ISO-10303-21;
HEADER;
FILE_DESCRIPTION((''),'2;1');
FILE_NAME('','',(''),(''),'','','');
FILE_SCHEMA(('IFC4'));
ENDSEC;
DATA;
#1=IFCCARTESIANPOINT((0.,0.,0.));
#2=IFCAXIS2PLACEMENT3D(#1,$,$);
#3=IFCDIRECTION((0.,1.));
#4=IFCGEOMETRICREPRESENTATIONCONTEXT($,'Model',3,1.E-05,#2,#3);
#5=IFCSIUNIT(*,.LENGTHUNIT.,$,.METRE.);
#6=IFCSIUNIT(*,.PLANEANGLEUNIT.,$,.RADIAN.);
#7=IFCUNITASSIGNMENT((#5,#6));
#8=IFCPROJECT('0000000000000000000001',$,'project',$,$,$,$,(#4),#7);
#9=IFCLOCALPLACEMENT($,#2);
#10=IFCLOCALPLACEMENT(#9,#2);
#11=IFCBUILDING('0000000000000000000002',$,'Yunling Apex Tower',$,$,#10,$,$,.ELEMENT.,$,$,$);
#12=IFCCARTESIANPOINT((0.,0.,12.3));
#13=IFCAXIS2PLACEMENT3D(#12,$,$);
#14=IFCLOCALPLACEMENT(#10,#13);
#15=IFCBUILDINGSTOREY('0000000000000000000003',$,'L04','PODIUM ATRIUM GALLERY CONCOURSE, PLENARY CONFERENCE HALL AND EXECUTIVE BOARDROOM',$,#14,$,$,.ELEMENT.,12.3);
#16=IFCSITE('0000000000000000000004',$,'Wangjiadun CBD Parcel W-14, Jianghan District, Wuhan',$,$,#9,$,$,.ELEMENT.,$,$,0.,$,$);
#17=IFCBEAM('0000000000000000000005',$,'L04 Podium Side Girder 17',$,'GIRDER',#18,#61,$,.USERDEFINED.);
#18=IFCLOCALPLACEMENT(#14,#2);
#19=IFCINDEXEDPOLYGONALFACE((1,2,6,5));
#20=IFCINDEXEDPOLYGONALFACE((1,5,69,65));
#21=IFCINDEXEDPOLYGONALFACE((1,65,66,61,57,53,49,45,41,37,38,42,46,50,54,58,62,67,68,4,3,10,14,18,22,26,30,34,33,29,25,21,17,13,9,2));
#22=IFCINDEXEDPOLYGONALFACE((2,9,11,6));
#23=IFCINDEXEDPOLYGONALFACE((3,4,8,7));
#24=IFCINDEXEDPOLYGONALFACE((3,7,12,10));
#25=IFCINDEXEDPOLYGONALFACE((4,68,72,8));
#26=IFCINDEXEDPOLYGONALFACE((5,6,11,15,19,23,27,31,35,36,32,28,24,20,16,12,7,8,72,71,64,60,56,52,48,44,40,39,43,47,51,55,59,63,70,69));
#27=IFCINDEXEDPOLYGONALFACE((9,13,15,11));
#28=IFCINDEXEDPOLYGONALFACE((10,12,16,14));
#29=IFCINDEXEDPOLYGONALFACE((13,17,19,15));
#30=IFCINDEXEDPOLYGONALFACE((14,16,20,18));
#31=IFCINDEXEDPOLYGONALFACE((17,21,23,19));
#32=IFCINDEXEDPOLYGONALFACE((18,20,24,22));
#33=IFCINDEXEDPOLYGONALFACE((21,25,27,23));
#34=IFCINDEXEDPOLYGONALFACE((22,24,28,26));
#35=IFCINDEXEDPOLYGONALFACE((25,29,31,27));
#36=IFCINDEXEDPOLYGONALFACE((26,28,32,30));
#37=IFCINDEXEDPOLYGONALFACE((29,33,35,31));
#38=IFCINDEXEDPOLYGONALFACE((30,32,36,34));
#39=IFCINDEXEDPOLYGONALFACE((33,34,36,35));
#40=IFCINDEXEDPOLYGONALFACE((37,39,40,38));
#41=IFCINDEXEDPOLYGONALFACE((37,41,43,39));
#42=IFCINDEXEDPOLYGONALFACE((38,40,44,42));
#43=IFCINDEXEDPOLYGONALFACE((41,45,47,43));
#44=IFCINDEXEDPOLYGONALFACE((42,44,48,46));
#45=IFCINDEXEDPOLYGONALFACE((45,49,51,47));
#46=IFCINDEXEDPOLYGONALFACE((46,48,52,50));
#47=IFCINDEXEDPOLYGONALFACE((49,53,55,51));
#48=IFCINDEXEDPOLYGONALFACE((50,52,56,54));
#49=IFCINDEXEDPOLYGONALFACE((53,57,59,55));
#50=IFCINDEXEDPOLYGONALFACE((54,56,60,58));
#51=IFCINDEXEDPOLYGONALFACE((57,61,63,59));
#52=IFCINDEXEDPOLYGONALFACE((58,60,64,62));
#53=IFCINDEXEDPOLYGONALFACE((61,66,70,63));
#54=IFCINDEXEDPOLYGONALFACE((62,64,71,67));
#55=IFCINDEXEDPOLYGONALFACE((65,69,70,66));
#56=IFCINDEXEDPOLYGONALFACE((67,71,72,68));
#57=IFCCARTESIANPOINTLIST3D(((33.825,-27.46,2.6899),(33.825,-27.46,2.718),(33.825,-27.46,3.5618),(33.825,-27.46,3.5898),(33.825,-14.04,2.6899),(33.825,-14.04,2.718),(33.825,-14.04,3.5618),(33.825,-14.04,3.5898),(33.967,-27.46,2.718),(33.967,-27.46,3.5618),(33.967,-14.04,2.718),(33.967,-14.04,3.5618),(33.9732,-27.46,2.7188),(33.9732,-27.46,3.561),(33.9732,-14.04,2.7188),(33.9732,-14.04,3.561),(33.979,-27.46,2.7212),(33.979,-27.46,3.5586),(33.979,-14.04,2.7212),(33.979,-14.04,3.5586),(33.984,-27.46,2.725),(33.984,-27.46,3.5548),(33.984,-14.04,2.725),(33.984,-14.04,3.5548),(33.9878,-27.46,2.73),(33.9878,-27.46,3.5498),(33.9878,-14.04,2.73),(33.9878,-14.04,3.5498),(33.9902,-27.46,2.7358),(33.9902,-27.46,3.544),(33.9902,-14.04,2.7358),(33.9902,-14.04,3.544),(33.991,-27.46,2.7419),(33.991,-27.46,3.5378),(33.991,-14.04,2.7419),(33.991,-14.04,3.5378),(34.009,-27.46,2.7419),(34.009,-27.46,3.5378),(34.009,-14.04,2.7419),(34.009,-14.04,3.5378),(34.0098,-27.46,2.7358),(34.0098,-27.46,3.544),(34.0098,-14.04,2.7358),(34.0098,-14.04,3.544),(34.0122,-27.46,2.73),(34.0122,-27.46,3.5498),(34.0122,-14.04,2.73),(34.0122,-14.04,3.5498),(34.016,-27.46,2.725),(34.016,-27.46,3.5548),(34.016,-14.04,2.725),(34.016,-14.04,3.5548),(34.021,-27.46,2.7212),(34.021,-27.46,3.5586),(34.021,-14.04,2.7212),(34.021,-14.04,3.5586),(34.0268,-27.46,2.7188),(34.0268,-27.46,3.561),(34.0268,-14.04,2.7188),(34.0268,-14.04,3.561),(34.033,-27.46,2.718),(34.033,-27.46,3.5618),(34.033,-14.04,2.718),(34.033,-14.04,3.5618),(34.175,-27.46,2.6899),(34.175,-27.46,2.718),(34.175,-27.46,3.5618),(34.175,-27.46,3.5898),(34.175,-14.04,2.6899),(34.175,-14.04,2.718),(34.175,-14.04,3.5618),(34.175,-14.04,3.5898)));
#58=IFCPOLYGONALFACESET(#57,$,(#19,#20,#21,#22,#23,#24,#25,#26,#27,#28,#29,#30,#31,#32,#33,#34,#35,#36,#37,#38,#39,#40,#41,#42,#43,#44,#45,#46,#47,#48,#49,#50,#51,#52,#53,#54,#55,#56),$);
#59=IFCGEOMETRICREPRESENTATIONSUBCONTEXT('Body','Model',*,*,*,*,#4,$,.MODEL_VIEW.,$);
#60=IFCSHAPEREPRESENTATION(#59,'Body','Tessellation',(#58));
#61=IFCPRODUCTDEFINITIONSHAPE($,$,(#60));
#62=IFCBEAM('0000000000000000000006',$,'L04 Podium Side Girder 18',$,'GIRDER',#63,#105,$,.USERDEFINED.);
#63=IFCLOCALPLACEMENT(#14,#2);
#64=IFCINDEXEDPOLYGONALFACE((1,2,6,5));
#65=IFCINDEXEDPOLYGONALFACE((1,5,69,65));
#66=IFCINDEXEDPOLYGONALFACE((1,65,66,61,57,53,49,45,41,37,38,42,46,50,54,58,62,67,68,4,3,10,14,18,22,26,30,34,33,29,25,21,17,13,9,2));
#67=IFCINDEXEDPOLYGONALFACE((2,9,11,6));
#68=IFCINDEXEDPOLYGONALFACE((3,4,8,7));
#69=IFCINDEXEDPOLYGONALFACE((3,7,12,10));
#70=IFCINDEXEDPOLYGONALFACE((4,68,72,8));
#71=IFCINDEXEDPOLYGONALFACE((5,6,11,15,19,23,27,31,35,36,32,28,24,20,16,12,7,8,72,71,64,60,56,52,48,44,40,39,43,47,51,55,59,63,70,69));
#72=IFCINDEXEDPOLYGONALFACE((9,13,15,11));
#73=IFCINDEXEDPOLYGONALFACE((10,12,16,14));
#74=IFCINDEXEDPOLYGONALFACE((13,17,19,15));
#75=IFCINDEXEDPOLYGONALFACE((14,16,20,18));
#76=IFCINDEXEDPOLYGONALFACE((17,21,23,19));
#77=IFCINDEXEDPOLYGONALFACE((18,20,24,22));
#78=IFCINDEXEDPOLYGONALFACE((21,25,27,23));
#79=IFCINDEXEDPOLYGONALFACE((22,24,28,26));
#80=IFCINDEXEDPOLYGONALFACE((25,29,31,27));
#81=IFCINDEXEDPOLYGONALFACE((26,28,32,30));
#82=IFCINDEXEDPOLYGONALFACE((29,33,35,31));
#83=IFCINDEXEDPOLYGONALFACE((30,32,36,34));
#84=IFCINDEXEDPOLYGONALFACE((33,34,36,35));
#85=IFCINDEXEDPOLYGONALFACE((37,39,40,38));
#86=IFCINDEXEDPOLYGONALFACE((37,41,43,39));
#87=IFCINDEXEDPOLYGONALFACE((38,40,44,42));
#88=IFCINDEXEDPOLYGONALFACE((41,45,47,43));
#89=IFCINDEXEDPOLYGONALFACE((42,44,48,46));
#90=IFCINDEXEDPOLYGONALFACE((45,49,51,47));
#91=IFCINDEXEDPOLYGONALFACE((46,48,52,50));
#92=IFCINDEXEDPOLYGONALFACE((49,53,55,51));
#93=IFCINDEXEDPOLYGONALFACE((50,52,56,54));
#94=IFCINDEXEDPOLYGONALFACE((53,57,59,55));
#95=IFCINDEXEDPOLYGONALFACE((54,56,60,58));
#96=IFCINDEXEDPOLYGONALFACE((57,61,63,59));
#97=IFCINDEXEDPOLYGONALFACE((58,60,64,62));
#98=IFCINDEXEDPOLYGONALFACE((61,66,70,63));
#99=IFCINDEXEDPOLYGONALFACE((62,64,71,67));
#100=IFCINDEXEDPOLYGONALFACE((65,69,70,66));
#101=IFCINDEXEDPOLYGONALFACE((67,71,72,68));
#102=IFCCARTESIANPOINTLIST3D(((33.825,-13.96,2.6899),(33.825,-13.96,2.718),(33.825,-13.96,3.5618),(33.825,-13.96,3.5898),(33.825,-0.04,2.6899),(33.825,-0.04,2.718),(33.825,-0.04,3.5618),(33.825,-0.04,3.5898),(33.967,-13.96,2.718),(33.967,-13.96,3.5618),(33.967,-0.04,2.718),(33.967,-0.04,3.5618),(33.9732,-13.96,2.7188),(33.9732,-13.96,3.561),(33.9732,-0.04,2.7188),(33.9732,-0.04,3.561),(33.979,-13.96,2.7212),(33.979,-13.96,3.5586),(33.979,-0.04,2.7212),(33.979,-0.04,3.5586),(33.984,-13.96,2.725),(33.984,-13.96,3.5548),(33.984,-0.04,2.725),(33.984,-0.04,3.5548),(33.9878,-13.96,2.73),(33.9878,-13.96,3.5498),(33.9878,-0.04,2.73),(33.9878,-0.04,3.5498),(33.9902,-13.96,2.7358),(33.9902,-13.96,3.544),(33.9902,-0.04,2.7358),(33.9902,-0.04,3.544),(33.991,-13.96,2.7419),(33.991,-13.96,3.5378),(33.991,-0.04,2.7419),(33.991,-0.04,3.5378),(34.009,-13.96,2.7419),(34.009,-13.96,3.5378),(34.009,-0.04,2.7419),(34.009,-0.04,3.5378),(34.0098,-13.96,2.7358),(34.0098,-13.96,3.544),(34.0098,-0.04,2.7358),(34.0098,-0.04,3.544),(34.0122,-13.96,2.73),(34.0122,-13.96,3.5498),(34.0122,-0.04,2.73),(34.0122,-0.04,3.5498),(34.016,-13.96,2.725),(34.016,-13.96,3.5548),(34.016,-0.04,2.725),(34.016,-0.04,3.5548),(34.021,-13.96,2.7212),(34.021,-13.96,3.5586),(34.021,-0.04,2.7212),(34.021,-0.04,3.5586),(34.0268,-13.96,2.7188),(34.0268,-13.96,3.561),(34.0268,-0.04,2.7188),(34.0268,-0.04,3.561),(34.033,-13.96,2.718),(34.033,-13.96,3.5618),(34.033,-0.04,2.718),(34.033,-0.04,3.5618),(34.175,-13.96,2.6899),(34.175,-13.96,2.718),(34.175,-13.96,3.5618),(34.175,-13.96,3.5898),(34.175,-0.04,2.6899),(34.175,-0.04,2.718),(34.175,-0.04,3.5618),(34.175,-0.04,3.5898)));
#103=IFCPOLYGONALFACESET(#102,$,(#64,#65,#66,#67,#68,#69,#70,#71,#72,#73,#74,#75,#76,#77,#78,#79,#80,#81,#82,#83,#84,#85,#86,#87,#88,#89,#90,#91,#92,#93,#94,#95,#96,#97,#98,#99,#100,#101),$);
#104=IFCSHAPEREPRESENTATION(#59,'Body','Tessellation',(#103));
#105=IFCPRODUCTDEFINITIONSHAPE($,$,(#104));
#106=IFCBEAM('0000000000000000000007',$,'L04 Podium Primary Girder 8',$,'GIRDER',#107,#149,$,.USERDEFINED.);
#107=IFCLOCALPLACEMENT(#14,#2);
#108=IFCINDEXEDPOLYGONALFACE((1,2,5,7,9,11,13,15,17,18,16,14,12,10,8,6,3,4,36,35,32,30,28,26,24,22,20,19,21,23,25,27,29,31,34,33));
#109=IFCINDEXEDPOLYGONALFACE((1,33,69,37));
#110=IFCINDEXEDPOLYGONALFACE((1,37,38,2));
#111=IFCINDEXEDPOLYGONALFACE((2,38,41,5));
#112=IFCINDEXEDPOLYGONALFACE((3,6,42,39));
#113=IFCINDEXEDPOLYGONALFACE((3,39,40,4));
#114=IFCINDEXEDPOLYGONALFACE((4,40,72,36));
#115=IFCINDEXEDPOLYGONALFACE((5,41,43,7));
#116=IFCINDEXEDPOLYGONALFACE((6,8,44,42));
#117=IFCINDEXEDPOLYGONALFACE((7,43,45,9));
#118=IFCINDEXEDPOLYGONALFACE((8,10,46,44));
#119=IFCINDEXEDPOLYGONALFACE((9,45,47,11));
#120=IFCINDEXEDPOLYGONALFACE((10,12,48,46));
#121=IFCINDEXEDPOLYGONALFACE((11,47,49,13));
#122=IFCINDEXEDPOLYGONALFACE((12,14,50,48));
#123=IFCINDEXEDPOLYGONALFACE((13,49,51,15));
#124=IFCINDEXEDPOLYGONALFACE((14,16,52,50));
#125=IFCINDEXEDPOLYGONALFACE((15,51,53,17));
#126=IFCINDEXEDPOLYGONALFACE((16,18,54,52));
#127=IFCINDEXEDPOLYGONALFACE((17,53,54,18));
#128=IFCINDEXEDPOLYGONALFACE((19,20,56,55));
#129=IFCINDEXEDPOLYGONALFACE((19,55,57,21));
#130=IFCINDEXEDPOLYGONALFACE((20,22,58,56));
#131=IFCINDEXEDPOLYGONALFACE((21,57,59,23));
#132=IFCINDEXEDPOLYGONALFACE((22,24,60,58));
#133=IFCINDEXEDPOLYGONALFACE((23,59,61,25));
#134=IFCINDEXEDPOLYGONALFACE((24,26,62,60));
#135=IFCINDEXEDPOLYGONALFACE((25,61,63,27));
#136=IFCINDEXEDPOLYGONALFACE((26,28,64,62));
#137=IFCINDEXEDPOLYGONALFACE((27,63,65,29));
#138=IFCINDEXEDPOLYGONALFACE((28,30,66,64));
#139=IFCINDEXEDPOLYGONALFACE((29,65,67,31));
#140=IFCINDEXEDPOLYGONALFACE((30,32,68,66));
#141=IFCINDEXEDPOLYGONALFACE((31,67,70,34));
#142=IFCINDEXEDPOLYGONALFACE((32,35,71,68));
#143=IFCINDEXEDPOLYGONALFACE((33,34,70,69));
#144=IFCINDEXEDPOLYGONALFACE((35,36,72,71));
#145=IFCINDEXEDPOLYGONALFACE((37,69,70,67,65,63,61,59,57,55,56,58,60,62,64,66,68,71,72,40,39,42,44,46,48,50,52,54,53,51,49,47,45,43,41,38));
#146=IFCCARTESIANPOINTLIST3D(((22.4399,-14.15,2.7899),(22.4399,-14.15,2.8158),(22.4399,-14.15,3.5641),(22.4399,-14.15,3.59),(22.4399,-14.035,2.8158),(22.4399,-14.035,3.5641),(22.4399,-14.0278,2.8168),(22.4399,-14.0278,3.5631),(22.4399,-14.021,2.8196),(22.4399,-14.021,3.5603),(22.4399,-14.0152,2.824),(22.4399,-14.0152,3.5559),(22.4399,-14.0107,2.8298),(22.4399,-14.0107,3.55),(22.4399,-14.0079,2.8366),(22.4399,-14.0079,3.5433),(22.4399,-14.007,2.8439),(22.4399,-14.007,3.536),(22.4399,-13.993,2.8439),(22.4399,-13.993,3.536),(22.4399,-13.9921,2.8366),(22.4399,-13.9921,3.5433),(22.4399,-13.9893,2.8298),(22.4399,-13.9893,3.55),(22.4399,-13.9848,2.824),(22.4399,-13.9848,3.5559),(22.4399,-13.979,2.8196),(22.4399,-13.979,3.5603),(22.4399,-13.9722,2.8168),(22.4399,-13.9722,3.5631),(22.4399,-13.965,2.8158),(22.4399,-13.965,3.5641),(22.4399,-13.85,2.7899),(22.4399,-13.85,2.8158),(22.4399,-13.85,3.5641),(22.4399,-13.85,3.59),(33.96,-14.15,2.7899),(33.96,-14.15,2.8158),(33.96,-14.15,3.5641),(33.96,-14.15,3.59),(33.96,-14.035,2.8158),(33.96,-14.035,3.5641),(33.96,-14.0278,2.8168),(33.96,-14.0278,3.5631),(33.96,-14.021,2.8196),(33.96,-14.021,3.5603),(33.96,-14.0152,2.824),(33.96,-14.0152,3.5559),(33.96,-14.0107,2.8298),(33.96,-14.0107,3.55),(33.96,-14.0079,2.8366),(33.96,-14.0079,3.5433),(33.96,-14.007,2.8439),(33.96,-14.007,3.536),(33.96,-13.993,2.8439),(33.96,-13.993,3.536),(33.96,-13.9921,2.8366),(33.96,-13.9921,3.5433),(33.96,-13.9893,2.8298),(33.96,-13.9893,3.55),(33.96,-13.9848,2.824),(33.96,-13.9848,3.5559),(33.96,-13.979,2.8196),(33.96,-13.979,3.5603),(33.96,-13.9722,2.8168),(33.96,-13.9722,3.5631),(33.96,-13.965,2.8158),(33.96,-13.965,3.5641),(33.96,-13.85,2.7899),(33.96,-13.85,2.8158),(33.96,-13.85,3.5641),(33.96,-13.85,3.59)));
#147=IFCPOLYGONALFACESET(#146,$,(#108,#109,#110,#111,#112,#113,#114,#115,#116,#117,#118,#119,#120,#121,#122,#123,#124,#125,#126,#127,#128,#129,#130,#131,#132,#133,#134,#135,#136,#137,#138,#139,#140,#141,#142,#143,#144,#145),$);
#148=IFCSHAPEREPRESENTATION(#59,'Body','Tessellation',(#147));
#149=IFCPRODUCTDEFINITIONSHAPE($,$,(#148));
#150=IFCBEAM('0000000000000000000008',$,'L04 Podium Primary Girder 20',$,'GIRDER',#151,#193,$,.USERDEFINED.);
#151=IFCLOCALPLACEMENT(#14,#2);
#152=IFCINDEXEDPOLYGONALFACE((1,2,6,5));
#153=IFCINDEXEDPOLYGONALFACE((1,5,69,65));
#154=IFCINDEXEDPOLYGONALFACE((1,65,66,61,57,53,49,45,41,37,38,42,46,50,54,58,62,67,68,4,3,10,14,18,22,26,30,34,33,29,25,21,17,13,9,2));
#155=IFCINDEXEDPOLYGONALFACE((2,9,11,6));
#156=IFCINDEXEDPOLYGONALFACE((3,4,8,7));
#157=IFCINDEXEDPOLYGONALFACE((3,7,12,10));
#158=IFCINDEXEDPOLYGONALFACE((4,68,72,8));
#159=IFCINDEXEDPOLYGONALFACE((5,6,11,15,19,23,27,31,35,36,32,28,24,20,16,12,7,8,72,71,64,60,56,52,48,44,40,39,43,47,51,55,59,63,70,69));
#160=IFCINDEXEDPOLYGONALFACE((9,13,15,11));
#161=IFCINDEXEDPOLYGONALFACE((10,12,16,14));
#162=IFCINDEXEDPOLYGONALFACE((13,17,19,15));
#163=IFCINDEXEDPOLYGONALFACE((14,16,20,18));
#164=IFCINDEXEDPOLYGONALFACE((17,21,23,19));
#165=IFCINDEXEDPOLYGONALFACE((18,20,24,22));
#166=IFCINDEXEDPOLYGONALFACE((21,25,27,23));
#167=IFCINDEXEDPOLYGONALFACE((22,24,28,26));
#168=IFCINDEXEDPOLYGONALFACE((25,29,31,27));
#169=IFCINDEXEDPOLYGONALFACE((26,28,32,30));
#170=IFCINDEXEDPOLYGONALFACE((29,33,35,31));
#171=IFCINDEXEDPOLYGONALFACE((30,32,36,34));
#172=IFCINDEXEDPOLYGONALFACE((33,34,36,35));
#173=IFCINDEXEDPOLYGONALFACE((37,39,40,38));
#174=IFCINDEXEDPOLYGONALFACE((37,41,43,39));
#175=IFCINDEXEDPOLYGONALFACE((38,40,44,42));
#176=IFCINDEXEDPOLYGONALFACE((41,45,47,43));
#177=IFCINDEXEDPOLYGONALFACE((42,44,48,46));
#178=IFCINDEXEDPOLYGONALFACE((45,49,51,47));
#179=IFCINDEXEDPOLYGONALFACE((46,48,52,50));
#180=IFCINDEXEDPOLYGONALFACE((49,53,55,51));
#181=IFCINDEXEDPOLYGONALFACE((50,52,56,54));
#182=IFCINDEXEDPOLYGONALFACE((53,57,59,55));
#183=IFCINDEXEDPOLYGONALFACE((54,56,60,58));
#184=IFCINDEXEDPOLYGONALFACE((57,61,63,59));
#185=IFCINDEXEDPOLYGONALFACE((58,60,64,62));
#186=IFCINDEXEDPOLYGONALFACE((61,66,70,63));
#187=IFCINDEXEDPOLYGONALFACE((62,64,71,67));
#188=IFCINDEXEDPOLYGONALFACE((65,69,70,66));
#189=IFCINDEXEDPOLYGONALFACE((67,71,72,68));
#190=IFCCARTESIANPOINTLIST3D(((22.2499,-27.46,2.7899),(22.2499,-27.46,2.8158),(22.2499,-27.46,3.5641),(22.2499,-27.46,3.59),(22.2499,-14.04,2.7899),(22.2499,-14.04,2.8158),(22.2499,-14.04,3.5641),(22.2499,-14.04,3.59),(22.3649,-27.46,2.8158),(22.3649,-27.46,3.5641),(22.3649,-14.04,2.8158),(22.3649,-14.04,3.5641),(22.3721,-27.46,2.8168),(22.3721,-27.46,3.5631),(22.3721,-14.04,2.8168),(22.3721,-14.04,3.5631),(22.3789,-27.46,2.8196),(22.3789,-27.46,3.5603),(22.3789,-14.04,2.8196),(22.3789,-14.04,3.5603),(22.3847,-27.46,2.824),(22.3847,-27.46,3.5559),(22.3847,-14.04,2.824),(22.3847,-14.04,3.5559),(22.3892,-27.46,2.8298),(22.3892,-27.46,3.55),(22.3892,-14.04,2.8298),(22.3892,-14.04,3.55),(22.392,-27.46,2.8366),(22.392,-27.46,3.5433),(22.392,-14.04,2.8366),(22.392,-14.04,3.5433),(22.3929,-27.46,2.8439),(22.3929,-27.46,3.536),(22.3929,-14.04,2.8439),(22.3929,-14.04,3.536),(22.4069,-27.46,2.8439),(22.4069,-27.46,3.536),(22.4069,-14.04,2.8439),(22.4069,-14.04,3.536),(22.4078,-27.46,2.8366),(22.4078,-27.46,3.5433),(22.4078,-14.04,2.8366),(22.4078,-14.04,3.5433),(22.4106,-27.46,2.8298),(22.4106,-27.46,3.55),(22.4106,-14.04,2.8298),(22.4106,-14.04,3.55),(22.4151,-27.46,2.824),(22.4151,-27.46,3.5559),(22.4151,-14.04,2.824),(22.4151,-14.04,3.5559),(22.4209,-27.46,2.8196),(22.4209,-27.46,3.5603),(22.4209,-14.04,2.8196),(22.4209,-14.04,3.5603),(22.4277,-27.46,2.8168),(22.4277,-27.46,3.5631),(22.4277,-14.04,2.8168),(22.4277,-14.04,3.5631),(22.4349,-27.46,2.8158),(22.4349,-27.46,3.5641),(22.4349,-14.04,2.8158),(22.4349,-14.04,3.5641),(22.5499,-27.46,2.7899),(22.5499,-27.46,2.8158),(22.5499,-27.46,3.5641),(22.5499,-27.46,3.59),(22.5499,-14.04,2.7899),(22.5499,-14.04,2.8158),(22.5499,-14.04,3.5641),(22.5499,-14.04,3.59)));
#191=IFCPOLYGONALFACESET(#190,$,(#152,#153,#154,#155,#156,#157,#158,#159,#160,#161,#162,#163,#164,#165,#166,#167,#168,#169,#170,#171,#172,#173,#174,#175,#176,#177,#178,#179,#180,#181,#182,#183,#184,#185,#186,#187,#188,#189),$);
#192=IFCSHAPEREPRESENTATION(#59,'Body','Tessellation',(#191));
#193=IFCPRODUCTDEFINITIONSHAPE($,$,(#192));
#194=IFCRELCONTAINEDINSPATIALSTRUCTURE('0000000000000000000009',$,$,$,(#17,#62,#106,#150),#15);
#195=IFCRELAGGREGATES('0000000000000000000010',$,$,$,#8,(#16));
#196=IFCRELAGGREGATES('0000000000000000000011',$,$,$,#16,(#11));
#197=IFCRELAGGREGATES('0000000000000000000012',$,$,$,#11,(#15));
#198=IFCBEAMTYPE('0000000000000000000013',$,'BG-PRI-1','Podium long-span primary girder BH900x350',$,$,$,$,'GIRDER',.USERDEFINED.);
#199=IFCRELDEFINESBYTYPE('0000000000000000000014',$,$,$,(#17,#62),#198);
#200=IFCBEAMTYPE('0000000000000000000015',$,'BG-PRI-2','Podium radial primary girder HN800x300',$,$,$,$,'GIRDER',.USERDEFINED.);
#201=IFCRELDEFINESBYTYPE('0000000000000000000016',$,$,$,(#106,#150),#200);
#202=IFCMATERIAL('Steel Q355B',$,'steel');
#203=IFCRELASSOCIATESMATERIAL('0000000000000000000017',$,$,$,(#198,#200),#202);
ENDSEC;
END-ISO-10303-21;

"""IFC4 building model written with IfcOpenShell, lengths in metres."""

from ifc_helpers import new_model, si_unit, direction, frame, origin, origin_2d, place, context, subcontext, project, spatial, i_section, extrude, source, transform, mapped, material, material_profile, profile_set, type_object, element, save


model = new_model("IFC4")

# Units and contexts
model_context = context("Model", 3, precision=1e-05, world=origin(), true_north=direction((0.0, 1.0)))
body_context = subcontext(model_context, "Body", "Model", "MODEL_VIEW")
ifc_project = project(units=[si_unit("LENGTHUNIT", "METRE"), si_unit("PLANEANGLEUNIT", "RADIAN")], contexts=[model_context])

# Site, building, storey
site_placement = place(None, origin())
site = spatial("IfcSite", under=ifc_project, at=site_placement, Name="Wangjiadun CBD Parcel W-14, Jianghan District, Wuhan", CompositionType="ELEMENT", RefElevation=0.0)
building_placement = place(site_placement, origin())
building = spatial("IfcBuilding", under=site, at=building_placement, Name="Yunling Apex Tower", CompositionType="ELEMENT")
storey_placement = place(building_placement, frame((0.0, 0.0, 12.3)))
storey = spatial("IfcBuildingStorey", under=building, at=storey_placement, Name="L04", Description="PODIUM ATRIUM GALLERY CONCOURSE, PLENARY CONFERENCE HALL AND EXECUTIVE BOARDROOM", CompositionType="ELEMENT", Elevation=12.3)

# Beams
ifc_material_1 = material(Name="Steel Q355B", Category="steel")
ifc_material_profile_1 = material_profile(ifc_material_1, i_section(OverallWidth=0.3501, OverallDepth=0.8999, WebThickness=0.0181, FlangeThickness=0.0281, FilletRadius=0.0239, at=origin_2d()))
ifc_profile_set_1 = profile_set([ifc_material_profile_1], Name="Steel Q355B")
beam_type_1 = type_object("IfcBeamType", Name="BG-PRI-1", Description="Podium long-span primary girder BH900x350", ElementType="GIRDER", PredefinedType="USERDEFINED", material=ifc_profile_set_1)
shared_shape_1 = source(origin(), body_context, "Body", "SweptSolid", [
    extrude(i_section(OverallWidth=0.3501, OverallDepth=0.8999, WebThickness=0.0181, FlangeThickness=0.0281, FilletRadius=0.0239, at=origin_2d()), origin(), (0.0, 0.0, 1.0), 13.4199),
])
beam_1_placement = place(storey_placement, frame((34.0, -27.46, 3.1399), z_axis=(0.0, 1.0, 0.0), x_axis=(-1.0, 0.0, 0.0)))
element("IfcBeam", 1, at=beam_1_placement, inside=storey, type_object=beam_type_1, Name="L04 Podium Side Girder 17", ObjectType="GIRDER", PredefinedType="USERDEFINED", context=body_context, shape_type="MappedRepresentation", body=[
    mapped(shared_shape_1, transform((0.0, 0.0, 0.0), scale=1.0)),
])
shared_shape_2 = source(origin(), body_context, "Body", "SweptSolid", [
    extrude(i_section(OverallWidth=0.3501, OverallDepth=0.8999, WebThickness=0.0181, FlangeThickness=0.0281, FilletRadius=0.0239, at=origin_2d()), origin(), (0.0, 0.0, 1.0), 13.9199),
])
beam_2_placement = place(storey_placement, frame((34.0, -13.96, 3.1399), z_axis=(0.0, 1.0, 0.0), x_axis=(-1.0, 0.0, 0.0)))
element("IfcBeam", 2, at=beam_2_placement, inside=storey, type_object=beam_type_1, Name="L04 Podium Side Girder 18", ObjectType="GIRDER", PredefinedType="USERDEFINED", context=body_context, shape_type="MappedRepresentation", body=[
    mapped(shared_shape_2, transform((0.0, 0.0, 0.0), scale=1.0)),
])
ifc_material_profile_2 = material_profile(ifc_material_1, i_section(OverallWidth=0.3, OverallDepth=0.8, WebThickness=0.0139, FlangeThickness=0.0259, FilletRadius=0.0281, at=origin_2d()))
ifc_profile_set_2 = profile_set([ifc_material_profile_2], Name="Steel Q355B")
beam_type_2 = type_object("IfcBeamType", Name="BG-PRI-2", Description="Podium radial primary girder HN800x300", ElementType="GIRDER", PredefinedType="USERDEFINED", material=ifc_profile_set_2)
shared_shape_3 = source(origin(), body_context, "Body", "SweptSolid", [
    extrude(i_section(OverallWidth=0.3, OverallDepth=0.8, WebThickness=0.0139, FlangeThickness=0.0259, FilletRadius=0.0281, at=origin_2d()), origin(), (0.0, 0.0, 1.0), 11.52),
])
beam_3_placement = place(storey_placement, frame((22.4399, -14.0, 3.1899), z_axis=(1.0, 0.0, 0.0), x_axis=(0.0, 1.0, 0.0)))
element("IfcBeam", 3, at=beam_3_placement, inside=storey, type_object=beam_type_2, Name="L04 Podium Primary Girder 8", ObjectType="GIRDER", PredefinedType="USERDEFINED", context=body_context, shape_type="MappedRepresentation", body=[
    mapped(shared_shape_3, transform((0.0, 0.0, 0.0), scale=1.0)),
])
shared_shape_4 = source(origin(), body_context, "Body", "SweptSolid", [
    extrude(i_section(OverallWidth=0.3, OverallDepth=0.8, WebThickness=0.0139, FlangeThickness=0.0259, FilletRadius=0.0281, at=origin_2d()), origin(), (0.0, 0.0, 1.0), 13.4199),
])
beam_4_placement = place(storey_placement, frame((22.3999, -14.04, 3.1899), z_axis=(0.0, -1.0, 0.0), x_axis=(1.0, 0.0, 0.0)))
element("IfcBeam", 4, at=beam_4_placement, inside=storey, type_object=beam_type_2, Name="L04 Podium Primary Girder 20", ObjectType="GIRDER", PredefinedType="USERDEFINED", context=body_context, shape_type="MappedRepresentation", body=[
    mapped(shared_shape_4, transform((0.0, 0.0, 0.0), scale=1.0)),
])

save(model, "model.ifc")
